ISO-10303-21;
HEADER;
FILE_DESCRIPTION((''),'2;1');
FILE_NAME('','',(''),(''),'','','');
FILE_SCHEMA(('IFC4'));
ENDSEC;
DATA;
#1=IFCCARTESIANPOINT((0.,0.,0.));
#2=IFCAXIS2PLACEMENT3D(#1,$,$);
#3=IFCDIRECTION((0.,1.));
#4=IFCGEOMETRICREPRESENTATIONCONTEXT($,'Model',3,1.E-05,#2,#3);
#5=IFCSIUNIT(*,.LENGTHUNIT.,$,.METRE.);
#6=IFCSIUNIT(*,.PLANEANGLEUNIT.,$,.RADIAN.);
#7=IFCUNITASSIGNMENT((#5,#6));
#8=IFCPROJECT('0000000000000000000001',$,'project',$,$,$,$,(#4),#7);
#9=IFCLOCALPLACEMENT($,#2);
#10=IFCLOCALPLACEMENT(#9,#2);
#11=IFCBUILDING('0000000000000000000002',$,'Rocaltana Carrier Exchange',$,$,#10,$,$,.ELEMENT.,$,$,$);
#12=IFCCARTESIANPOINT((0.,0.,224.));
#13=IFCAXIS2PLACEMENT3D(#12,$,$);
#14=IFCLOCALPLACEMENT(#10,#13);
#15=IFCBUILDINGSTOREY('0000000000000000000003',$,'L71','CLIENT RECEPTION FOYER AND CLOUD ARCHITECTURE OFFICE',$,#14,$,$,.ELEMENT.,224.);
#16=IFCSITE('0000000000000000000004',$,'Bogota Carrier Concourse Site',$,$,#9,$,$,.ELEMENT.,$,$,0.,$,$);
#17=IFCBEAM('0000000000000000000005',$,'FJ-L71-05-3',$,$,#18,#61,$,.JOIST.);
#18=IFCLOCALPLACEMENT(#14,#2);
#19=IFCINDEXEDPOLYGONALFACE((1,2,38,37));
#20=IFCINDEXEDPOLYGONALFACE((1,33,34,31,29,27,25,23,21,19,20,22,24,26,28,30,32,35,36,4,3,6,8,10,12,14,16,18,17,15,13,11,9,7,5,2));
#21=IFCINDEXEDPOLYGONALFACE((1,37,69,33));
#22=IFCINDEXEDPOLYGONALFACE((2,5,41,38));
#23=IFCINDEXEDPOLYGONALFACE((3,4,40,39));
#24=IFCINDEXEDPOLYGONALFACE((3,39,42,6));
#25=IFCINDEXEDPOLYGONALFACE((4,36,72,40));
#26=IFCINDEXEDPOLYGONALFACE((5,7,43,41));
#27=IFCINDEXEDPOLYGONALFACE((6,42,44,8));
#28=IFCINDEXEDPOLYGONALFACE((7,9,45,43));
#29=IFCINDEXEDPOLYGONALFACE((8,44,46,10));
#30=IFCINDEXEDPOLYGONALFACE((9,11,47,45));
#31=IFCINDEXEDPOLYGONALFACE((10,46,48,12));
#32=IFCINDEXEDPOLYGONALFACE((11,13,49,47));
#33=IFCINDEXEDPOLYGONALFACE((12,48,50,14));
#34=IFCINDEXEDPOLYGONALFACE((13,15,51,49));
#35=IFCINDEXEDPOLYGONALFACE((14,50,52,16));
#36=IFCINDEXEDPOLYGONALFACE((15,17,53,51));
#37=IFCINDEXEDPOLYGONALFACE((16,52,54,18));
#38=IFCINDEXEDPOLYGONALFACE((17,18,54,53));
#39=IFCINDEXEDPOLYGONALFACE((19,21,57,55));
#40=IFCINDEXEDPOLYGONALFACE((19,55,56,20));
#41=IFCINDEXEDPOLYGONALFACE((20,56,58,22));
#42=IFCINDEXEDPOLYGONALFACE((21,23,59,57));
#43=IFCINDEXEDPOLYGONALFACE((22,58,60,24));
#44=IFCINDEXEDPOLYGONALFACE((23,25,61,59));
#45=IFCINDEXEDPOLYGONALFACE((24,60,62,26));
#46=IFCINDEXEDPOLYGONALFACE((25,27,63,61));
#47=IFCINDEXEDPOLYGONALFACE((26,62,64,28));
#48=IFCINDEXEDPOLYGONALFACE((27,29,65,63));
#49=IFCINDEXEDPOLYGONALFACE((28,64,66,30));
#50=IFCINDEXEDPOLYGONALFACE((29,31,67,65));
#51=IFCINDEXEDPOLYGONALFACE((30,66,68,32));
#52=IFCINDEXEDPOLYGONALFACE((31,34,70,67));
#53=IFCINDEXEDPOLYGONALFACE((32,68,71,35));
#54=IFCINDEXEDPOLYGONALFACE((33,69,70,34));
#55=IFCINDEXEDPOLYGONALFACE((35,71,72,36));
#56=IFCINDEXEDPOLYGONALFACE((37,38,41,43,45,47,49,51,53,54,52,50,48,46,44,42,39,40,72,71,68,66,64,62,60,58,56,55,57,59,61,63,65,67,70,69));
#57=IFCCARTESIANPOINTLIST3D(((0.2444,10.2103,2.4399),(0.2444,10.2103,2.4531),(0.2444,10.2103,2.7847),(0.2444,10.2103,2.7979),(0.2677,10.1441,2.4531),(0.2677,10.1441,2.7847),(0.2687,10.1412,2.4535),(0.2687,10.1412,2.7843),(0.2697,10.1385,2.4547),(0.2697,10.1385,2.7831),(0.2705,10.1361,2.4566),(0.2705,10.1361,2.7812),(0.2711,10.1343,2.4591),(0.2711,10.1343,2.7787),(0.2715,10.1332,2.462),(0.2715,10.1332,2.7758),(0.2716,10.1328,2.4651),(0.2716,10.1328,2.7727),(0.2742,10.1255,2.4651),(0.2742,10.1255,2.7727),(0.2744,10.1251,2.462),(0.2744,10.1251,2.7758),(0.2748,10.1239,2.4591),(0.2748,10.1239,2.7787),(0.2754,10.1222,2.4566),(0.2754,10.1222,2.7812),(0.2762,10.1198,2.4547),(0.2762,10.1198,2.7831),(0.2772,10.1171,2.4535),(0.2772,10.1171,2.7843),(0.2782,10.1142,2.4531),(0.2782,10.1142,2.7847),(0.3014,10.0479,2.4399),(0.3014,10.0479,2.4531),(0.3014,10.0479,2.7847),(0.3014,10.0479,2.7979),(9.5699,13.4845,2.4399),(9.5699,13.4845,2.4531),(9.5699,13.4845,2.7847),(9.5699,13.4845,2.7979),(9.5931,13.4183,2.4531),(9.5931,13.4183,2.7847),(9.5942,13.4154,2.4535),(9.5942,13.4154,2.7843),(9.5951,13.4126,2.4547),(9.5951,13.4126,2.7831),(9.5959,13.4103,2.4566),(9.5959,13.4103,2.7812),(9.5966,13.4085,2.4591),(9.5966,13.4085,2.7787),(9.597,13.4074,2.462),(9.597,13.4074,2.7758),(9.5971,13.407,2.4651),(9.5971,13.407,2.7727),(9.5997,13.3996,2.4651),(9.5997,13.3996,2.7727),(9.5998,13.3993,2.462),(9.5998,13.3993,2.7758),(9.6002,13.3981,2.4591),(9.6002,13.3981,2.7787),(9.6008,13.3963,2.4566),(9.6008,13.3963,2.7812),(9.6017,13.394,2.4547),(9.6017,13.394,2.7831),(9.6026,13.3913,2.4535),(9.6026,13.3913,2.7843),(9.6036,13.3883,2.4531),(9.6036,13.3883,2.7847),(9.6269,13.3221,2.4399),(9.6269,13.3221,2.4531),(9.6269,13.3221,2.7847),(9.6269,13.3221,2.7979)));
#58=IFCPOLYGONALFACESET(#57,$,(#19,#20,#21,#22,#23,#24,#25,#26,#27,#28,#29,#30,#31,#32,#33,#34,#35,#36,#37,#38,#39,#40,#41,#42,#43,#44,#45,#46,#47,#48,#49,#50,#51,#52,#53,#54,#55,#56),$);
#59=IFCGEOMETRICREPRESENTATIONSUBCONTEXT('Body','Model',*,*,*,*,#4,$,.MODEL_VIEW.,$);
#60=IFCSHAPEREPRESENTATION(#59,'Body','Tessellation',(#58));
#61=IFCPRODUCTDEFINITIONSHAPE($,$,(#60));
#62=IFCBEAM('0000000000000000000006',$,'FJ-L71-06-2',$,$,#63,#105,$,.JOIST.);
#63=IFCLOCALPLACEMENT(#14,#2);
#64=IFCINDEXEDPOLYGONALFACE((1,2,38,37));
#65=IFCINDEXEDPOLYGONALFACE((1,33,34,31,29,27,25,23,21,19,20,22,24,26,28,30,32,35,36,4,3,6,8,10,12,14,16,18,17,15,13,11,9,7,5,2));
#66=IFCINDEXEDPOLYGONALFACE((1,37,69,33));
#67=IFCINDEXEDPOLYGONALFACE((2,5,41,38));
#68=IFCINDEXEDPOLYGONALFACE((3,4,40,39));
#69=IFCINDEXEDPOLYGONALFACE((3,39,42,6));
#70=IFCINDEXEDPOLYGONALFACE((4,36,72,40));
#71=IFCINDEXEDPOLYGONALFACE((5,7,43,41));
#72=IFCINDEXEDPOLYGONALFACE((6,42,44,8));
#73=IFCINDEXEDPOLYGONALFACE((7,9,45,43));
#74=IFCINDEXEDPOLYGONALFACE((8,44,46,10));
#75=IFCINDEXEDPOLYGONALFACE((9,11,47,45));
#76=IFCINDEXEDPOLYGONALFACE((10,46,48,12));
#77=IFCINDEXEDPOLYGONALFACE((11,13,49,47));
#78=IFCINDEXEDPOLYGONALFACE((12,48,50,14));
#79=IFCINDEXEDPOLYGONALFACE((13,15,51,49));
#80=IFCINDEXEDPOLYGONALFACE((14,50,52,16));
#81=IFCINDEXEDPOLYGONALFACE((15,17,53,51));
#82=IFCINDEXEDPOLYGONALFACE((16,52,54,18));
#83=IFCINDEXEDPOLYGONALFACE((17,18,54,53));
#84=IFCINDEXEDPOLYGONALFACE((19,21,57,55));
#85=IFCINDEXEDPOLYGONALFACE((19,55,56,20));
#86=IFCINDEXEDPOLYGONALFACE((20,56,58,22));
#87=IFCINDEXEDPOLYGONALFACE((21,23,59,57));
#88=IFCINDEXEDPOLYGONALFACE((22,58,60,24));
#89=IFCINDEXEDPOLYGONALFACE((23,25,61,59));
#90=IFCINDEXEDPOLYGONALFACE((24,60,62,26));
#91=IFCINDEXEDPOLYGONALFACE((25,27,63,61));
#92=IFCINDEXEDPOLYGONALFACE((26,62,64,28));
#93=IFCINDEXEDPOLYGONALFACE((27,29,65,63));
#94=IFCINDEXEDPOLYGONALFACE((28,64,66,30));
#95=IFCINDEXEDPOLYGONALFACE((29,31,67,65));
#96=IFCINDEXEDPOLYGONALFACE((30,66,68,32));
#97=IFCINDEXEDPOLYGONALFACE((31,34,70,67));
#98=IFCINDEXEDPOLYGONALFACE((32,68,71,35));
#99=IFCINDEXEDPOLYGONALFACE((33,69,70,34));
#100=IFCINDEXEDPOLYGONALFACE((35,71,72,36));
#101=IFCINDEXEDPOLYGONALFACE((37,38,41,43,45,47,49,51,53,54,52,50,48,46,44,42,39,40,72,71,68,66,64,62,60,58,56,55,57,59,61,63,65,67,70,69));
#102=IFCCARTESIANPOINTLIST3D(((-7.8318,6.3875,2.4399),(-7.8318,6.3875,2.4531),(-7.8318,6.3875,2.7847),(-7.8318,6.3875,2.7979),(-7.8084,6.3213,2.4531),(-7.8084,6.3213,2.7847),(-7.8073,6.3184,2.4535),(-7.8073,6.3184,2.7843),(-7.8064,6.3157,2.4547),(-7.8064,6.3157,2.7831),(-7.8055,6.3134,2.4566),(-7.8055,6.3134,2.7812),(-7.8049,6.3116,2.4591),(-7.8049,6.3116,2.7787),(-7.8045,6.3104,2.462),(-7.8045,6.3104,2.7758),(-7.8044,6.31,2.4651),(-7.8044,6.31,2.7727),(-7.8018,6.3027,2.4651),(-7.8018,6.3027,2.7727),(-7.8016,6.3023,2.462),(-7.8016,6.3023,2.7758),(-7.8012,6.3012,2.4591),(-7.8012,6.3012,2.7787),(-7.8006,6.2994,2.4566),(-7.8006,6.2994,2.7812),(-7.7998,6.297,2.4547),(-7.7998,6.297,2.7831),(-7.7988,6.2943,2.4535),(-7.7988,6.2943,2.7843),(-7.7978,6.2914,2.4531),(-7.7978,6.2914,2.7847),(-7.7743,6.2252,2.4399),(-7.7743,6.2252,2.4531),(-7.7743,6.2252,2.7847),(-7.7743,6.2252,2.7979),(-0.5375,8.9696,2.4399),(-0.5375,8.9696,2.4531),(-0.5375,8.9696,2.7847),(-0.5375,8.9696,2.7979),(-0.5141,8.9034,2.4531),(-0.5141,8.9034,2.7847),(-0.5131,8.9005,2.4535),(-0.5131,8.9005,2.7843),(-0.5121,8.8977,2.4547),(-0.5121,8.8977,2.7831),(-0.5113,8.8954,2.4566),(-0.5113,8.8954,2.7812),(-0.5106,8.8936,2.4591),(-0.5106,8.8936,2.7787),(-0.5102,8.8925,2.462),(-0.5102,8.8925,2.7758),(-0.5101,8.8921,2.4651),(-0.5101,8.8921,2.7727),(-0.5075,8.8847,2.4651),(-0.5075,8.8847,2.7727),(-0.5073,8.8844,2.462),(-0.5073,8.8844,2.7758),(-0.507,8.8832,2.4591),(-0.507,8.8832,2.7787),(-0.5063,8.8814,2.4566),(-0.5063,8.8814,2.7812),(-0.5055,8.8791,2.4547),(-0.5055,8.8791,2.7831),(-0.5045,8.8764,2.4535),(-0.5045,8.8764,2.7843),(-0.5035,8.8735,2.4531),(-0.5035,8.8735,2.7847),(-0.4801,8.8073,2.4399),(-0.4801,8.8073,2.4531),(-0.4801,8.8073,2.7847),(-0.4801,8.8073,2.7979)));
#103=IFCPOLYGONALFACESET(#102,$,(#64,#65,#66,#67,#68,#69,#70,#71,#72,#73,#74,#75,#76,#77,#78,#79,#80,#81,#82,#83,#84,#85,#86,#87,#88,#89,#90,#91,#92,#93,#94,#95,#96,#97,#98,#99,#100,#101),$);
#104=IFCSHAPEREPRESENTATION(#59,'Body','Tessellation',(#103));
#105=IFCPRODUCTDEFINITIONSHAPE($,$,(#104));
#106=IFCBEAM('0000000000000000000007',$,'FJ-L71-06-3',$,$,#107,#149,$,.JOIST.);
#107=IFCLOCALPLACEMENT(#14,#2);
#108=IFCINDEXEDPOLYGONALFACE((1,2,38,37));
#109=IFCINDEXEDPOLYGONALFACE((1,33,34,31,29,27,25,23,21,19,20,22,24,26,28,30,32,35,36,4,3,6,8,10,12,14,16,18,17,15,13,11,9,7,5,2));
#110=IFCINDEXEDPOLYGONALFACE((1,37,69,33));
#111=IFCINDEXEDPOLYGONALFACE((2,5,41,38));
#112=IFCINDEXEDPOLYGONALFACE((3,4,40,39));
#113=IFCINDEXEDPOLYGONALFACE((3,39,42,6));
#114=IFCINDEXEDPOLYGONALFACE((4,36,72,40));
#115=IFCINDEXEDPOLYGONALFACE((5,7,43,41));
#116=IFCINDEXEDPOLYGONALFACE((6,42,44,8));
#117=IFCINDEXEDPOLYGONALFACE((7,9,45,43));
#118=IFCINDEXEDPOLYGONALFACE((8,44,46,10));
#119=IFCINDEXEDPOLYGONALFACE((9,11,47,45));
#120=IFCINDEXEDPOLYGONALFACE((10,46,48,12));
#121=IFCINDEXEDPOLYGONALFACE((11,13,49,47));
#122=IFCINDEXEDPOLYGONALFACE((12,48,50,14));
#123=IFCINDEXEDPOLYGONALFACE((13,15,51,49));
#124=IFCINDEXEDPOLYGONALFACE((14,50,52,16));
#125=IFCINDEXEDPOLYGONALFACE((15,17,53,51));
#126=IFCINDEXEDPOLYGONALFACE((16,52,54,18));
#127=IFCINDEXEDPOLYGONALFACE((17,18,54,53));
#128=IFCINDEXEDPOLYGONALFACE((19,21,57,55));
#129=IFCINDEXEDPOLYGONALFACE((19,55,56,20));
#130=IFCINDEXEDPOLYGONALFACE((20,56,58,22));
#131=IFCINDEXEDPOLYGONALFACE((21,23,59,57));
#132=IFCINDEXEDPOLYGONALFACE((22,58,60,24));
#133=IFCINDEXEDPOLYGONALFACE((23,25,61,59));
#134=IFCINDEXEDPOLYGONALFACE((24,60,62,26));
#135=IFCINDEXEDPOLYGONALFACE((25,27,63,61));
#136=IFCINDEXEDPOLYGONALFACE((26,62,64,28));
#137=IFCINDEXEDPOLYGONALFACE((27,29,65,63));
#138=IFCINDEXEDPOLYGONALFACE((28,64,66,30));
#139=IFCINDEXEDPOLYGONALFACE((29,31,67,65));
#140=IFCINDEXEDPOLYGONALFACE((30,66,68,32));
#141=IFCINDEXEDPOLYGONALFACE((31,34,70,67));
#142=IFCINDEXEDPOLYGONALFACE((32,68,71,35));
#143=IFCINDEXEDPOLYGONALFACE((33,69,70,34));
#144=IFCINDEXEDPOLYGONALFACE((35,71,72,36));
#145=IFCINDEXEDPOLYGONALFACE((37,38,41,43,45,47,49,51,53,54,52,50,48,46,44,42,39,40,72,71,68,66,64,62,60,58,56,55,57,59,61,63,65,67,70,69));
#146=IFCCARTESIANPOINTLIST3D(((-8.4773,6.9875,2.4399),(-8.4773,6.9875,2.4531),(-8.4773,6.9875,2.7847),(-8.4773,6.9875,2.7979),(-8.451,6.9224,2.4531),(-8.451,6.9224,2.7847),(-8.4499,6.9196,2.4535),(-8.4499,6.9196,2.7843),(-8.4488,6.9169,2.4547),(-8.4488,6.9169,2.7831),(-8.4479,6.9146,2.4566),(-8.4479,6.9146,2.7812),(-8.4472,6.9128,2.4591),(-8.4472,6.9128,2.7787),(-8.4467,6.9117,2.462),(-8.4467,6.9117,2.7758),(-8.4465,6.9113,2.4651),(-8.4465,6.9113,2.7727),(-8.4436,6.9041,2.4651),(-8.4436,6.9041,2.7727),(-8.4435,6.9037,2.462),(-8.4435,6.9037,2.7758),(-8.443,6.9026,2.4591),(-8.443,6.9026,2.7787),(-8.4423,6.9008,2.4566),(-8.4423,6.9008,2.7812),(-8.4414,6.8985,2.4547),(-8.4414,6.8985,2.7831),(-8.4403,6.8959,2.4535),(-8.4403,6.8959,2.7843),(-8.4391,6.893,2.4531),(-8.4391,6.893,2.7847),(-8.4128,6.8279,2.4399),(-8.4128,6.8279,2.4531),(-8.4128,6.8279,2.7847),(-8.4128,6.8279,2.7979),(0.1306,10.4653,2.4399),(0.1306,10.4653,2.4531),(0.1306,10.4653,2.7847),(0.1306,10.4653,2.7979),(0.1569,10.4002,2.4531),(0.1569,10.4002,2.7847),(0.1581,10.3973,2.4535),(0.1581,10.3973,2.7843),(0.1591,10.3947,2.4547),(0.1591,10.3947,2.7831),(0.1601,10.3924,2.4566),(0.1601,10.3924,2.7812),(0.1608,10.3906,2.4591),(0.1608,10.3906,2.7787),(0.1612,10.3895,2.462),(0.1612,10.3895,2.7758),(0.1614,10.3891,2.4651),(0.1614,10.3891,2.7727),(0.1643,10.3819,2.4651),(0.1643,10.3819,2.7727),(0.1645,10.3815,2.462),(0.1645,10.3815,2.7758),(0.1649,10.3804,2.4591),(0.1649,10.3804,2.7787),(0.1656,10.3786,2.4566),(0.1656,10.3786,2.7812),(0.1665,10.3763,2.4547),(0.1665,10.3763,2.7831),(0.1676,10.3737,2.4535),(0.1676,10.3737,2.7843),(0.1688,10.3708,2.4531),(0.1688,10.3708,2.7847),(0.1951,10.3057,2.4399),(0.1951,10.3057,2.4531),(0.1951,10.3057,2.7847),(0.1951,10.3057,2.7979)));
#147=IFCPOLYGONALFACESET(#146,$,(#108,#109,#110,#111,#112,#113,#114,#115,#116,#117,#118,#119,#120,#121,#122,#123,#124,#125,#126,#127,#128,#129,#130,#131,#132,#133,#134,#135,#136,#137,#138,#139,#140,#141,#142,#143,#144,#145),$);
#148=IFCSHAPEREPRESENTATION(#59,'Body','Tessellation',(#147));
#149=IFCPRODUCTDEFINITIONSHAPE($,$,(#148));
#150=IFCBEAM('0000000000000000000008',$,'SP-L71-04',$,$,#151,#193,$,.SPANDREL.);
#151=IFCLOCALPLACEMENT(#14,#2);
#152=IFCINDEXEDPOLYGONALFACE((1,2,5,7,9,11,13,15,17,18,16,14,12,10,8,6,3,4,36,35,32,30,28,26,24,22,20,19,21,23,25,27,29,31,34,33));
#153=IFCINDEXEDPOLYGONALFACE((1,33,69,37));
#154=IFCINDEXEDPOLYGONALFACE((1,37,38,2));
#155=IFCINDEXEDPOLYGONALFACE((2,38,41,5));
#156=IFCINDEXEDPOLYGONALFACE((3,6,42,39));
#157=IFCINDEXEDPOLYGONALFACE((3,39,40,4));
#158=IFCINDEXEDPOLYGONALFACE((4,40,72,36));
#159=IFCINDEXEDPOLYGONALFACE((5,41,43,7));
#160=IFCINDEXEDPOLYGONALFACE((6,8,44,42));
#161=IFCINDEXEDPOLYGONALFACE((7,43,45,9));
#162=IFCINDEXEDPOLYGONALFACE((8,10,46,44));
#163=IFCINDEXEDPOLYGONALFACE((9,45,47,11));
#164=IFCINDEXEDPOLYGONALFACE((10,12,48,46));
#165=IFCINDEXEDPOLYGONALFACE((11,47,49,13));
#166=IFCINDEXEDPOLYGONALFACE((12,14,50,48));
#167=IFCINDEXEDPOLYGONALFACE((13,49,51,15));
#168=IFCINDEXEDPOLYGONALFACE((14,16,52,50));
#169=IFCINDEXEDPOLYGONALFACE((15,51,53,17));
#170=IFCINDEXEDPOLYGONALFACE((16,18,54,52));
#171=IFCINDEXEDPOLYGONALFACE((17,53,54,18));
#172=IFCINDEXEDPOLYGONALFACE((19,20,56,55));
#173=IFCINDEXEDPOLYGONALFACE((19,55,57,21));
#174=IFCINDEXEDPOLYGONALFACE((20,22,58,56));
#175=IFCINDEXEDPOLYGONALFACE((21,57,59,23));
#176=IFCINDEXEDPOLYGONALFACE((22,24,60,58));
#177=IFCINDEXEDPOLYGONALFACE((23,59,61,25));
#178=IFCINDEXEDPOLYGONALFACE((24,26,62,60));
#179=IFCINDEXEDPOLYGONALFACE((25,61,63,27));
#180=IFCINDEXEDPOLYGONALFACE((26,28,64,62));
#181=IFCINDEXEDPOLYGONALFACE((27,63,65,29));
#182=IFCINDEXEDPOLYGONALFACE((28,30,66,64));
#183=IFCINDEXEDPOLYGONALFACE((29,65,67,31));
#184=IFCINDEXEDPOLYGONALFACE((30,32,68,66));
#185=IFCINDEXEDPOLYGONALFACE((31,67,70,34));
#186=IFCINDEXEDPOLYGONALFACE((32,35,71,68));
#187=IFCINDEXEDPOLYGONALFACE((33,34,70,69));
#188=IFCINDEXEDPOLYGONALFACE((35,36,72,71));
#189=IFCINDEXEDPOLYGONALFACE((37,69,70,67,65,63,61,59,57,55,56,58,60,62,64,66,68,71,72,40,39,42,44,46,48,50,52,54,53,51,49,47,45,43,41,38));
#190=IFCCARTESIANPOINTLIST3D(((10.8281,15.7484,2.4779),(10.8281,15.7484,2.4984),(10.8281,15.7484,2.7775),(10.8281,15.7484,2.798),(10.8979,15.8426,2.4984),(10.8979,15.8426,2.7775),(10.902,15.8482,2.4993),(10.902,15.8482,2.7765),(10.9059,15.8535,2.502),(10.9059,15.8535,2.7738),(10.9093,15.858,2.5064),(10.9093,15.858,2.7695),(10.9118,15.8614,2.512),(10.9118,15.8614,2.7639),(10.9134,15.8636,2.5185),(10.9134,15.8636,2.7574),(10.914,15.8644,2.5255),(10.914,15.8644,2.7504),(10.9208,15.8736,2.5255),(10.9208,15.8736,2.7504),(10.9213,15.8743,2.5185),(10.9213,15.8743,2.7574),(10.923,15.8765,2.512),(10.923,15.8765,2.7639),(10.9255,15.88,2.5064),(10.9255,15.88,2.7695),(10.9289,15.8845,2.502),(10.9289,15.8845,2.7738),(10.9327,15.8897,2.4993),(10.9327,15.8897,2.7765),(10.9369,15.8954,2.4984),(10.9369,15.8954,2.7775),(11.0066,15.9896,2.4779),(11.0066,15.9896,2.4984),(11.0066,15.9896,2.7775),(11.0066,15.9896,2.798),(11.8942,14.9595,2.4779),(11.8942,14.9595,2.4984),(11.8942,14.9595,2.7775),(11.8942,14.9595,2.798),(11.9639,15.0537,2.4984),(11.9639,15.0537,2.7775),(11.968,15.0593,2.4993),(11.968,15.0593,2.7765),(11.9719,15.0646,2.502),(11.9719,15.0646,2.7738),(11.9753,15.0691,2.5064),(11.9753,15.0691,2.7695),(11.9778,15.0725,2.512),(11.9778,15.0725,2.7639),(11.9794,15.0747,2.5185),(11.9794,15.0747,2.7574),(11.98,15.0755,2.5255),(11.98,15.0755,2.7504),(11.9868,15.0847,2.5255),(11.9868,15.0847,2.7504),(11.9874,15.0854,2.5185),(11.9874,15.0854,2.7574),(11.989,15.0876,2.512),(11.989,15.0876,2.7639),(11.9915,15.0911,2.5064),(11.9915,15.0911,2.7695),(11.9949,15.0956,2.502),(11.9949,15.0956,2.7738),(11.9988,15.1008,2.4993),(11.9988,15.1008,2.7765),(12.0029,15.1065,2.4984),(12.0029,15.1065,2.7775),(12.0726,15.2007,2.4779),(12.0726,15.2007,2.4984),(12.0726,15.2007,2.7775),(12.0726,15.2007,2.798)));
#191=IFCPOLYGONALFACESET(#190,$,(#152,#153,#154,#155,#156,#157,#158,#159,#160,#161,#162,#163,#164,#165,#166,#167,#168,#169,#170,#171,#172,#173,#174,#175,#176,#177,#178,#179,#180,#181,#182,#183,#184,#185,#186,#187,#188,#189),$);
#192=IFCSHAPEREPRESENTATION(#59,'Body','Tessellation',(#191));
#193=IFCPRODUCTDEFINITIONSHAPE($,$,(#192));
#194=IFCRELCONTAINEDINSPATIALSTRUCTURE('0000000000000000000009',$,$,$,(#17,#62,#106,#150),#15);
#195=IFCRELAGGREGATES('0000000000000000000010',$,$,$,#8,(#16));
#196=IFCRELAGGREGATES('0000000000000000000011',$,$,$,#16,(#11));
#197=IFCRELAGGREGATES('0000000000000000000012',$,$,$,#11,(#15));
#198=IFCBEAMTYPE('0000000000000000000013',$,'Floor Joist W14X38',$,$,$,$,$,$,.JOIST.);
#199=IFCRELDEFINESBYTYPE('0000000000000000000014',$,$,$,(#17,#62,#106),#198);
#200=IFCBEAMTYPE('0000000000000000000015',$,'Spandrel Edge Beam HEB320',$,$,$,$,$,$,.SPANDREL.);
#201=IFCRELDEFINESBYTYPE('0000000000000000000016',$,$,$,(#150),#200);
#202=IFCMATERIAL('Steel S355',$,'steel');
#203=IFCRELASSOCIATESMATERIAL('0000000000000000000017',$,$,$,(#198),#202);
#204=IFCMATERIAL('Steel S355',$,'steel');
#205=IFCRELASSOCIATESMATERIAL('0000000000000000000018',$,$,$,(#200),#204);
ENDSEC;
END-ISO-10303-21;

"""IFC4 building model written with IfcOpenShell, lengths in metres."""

from ifc_helpers import new_model, si_unit, direction, frame, origin, origin_2d, place, context, subcontext, project, spatial, i_section, extrude, material, material_profile, profile_set, type_object, element, save


model = new_model("IFC4")

# Units and contexts
model_context = context("Model", 3, precision=1e-05, world=origin(), true_north=direction((0.0, 1.0)))
body_context = subcontext(model_context, "Body", "Model", "MODEL_VIEW")
ifc_project = project(units=[si_unit("LENGTHUNIT", "METRE"), si_unit("PLANEANGLEUNIT", "RADIAN")], contexts=[model_context])

# Site, building, storey
site_placement = place(None, origin())
site = spatial("IfcSite", under=ifc_project, at=site_placement, Name="Bogota Carrier Concourse Site", CompositionType="ELEMENT", RefElevation=0.0)
building_placement = place(site_placement, origin())
building = spatial("IfcBuilding", under=site, at=building_placement, Name="Rocaltana Carrier Exchange", CompositionType="ELEMENT")
storey_placement = place(building_placement, frame((0.0, 0.0, 224.0)))
storey = spatial("IfcBuildingStorey", under=building, at=storey_placement, Name="L71", Description="CLIENT RECEPTION FOYER AND CLOUD ARCHITECTURE OFFICE", CompositionType="ELEMENT", Elevation=224.0)

# Beams
ifc_material_1 = material(Name="Steel S355", Category="steel")
ifc_material_profile_1 = material_profile(ifc_material_1, i_section(OverallWidth=0.1721, OverallDepth=0.3579, WebThickness=0.0078, FlangeThickness=0.0132, FilletRadius=0.012, at=origin_2d()), Name="W14X38")
ifc_profile_set_1 = profile_set([ifc_material_profile_1], Name="Steel S355")
beam_type_1 = type_object("IfcBeamType", Name="Floor Joist W14X38", PredefinedType="JOIST", material=ifc_profile_set_1)
beam_1_placement = place(storey_placement, frame((9.5984, 13.4033, 2.6189), z_axis=(-0.943534, -0.331276, 0.0), x_axis=(0.331276, -0.943534, 0.0)))
element("IfcBeam", 1, at=beam_1_placement, inside=storey, type_object=beam_type_1, Name="FJ-L71-05-3", PredefinedType="JOIST", context=body_context, shape_type="SweptSolid", body=[
    extrude(i_section(OverallWidth=0.1721, OverallDepth=0.3579, WebThickness=0.0078, FlangeThickness=0.0132, FilletRadius=0.012, at=origin_2d()), origin(), (0.0, 0.0, 1.0), 9.8835),
])
beam_2_placement = place(storey_placement, frame((-0.5088, 8.8884, 2.6189), z_axis=(-0.942681, -0.333695, 0.0), x_axis=(0.333695, -0.942681, 0.0)))
element("IfcBeam", 2, at=beam_2_placement, inside=storey, type_object=beam_type_1, Name="FJ-L71-06-2", PredefinedType="JOIST", context=body_context, shape_type="SweptSolid", body=[
    extrude(i_section(OverallWidth=0.1721, OverallDepth=0.3579, WebThickness=0.0078, FlangeThickness=0.0132, FilletRadius=0.012, at=origin_2d()), origin(), (0.0, 0.0, 1.0), 7.7378),
])
beam_3_placement = place(storey_placement, frame((0.1628, 10.3855, 2.6189), z_axis=(-0.927185, -0.374603, 0.0), x_axis=(0.374603, -0.927185, 0.0)))
element("IfcBeam", 3, at=beam_3_placement, inside=storey, type_object=beam_type_1, Name="FJ-L71-06-3", PredefinedType="JOIST", context=body_context, shape_type="SweptSolid", body=[
    extrude(i_section(OverallWidth=0.1721, OverallDepth=0.3579, WebThickness=0.0078, FlangeThickness=0.0132, FilletRadius=0.012, at=origin_2d()), origin(), (0.0, 0.0, 1.0), 9.2839),
])
ifc_material_2 = material(Name="Steel S355", Category="steel")
ifc_material_profile_2 = material_profile(ifc_material_2, i_section(OverallWidth=0.3, OverallDepth=0.3201, WebThickness=0.0115, FlangeThickness=0.0205, FilletRadius=0.0271, at=origin_2d()), Name="HEB320")
ifc_profile_set_2 = profile_set([ifc_material_profile_2], Name="Steel S355")
beam_type_2 = type_object("IfcBeamType", Name="Spandrel Edge Beam HEB320", PredefinedType="SPANDREL", material=ifc_profile_set_2)
beam_4_placement = place(storey_placement, frame((11.9834, 15.0801, 2.6379), z_axis=(-0.803828, 0.594862, 0.0), x_axis=(-0.594862, -0.803828, 0.0)))
element("IfcBeam", 4, at=beam_4_placement, inside=storey, type_object=beam_type_2, Name="SP-L71-04", PredefinedType="SPANDREL", context=body_context, shape_type="SweptSolid", body=[
    extrude(i_section(OverallWidth=0.3, OverallDepth=0.3201, WebThickness=0.0115, FlangeThickness=0.0205, FilletRadius=0.0271, at=origin_2d()), origin(), (0.0, 0.0, 1.0), 1.3262),
])

save(model, "model.ifc")
